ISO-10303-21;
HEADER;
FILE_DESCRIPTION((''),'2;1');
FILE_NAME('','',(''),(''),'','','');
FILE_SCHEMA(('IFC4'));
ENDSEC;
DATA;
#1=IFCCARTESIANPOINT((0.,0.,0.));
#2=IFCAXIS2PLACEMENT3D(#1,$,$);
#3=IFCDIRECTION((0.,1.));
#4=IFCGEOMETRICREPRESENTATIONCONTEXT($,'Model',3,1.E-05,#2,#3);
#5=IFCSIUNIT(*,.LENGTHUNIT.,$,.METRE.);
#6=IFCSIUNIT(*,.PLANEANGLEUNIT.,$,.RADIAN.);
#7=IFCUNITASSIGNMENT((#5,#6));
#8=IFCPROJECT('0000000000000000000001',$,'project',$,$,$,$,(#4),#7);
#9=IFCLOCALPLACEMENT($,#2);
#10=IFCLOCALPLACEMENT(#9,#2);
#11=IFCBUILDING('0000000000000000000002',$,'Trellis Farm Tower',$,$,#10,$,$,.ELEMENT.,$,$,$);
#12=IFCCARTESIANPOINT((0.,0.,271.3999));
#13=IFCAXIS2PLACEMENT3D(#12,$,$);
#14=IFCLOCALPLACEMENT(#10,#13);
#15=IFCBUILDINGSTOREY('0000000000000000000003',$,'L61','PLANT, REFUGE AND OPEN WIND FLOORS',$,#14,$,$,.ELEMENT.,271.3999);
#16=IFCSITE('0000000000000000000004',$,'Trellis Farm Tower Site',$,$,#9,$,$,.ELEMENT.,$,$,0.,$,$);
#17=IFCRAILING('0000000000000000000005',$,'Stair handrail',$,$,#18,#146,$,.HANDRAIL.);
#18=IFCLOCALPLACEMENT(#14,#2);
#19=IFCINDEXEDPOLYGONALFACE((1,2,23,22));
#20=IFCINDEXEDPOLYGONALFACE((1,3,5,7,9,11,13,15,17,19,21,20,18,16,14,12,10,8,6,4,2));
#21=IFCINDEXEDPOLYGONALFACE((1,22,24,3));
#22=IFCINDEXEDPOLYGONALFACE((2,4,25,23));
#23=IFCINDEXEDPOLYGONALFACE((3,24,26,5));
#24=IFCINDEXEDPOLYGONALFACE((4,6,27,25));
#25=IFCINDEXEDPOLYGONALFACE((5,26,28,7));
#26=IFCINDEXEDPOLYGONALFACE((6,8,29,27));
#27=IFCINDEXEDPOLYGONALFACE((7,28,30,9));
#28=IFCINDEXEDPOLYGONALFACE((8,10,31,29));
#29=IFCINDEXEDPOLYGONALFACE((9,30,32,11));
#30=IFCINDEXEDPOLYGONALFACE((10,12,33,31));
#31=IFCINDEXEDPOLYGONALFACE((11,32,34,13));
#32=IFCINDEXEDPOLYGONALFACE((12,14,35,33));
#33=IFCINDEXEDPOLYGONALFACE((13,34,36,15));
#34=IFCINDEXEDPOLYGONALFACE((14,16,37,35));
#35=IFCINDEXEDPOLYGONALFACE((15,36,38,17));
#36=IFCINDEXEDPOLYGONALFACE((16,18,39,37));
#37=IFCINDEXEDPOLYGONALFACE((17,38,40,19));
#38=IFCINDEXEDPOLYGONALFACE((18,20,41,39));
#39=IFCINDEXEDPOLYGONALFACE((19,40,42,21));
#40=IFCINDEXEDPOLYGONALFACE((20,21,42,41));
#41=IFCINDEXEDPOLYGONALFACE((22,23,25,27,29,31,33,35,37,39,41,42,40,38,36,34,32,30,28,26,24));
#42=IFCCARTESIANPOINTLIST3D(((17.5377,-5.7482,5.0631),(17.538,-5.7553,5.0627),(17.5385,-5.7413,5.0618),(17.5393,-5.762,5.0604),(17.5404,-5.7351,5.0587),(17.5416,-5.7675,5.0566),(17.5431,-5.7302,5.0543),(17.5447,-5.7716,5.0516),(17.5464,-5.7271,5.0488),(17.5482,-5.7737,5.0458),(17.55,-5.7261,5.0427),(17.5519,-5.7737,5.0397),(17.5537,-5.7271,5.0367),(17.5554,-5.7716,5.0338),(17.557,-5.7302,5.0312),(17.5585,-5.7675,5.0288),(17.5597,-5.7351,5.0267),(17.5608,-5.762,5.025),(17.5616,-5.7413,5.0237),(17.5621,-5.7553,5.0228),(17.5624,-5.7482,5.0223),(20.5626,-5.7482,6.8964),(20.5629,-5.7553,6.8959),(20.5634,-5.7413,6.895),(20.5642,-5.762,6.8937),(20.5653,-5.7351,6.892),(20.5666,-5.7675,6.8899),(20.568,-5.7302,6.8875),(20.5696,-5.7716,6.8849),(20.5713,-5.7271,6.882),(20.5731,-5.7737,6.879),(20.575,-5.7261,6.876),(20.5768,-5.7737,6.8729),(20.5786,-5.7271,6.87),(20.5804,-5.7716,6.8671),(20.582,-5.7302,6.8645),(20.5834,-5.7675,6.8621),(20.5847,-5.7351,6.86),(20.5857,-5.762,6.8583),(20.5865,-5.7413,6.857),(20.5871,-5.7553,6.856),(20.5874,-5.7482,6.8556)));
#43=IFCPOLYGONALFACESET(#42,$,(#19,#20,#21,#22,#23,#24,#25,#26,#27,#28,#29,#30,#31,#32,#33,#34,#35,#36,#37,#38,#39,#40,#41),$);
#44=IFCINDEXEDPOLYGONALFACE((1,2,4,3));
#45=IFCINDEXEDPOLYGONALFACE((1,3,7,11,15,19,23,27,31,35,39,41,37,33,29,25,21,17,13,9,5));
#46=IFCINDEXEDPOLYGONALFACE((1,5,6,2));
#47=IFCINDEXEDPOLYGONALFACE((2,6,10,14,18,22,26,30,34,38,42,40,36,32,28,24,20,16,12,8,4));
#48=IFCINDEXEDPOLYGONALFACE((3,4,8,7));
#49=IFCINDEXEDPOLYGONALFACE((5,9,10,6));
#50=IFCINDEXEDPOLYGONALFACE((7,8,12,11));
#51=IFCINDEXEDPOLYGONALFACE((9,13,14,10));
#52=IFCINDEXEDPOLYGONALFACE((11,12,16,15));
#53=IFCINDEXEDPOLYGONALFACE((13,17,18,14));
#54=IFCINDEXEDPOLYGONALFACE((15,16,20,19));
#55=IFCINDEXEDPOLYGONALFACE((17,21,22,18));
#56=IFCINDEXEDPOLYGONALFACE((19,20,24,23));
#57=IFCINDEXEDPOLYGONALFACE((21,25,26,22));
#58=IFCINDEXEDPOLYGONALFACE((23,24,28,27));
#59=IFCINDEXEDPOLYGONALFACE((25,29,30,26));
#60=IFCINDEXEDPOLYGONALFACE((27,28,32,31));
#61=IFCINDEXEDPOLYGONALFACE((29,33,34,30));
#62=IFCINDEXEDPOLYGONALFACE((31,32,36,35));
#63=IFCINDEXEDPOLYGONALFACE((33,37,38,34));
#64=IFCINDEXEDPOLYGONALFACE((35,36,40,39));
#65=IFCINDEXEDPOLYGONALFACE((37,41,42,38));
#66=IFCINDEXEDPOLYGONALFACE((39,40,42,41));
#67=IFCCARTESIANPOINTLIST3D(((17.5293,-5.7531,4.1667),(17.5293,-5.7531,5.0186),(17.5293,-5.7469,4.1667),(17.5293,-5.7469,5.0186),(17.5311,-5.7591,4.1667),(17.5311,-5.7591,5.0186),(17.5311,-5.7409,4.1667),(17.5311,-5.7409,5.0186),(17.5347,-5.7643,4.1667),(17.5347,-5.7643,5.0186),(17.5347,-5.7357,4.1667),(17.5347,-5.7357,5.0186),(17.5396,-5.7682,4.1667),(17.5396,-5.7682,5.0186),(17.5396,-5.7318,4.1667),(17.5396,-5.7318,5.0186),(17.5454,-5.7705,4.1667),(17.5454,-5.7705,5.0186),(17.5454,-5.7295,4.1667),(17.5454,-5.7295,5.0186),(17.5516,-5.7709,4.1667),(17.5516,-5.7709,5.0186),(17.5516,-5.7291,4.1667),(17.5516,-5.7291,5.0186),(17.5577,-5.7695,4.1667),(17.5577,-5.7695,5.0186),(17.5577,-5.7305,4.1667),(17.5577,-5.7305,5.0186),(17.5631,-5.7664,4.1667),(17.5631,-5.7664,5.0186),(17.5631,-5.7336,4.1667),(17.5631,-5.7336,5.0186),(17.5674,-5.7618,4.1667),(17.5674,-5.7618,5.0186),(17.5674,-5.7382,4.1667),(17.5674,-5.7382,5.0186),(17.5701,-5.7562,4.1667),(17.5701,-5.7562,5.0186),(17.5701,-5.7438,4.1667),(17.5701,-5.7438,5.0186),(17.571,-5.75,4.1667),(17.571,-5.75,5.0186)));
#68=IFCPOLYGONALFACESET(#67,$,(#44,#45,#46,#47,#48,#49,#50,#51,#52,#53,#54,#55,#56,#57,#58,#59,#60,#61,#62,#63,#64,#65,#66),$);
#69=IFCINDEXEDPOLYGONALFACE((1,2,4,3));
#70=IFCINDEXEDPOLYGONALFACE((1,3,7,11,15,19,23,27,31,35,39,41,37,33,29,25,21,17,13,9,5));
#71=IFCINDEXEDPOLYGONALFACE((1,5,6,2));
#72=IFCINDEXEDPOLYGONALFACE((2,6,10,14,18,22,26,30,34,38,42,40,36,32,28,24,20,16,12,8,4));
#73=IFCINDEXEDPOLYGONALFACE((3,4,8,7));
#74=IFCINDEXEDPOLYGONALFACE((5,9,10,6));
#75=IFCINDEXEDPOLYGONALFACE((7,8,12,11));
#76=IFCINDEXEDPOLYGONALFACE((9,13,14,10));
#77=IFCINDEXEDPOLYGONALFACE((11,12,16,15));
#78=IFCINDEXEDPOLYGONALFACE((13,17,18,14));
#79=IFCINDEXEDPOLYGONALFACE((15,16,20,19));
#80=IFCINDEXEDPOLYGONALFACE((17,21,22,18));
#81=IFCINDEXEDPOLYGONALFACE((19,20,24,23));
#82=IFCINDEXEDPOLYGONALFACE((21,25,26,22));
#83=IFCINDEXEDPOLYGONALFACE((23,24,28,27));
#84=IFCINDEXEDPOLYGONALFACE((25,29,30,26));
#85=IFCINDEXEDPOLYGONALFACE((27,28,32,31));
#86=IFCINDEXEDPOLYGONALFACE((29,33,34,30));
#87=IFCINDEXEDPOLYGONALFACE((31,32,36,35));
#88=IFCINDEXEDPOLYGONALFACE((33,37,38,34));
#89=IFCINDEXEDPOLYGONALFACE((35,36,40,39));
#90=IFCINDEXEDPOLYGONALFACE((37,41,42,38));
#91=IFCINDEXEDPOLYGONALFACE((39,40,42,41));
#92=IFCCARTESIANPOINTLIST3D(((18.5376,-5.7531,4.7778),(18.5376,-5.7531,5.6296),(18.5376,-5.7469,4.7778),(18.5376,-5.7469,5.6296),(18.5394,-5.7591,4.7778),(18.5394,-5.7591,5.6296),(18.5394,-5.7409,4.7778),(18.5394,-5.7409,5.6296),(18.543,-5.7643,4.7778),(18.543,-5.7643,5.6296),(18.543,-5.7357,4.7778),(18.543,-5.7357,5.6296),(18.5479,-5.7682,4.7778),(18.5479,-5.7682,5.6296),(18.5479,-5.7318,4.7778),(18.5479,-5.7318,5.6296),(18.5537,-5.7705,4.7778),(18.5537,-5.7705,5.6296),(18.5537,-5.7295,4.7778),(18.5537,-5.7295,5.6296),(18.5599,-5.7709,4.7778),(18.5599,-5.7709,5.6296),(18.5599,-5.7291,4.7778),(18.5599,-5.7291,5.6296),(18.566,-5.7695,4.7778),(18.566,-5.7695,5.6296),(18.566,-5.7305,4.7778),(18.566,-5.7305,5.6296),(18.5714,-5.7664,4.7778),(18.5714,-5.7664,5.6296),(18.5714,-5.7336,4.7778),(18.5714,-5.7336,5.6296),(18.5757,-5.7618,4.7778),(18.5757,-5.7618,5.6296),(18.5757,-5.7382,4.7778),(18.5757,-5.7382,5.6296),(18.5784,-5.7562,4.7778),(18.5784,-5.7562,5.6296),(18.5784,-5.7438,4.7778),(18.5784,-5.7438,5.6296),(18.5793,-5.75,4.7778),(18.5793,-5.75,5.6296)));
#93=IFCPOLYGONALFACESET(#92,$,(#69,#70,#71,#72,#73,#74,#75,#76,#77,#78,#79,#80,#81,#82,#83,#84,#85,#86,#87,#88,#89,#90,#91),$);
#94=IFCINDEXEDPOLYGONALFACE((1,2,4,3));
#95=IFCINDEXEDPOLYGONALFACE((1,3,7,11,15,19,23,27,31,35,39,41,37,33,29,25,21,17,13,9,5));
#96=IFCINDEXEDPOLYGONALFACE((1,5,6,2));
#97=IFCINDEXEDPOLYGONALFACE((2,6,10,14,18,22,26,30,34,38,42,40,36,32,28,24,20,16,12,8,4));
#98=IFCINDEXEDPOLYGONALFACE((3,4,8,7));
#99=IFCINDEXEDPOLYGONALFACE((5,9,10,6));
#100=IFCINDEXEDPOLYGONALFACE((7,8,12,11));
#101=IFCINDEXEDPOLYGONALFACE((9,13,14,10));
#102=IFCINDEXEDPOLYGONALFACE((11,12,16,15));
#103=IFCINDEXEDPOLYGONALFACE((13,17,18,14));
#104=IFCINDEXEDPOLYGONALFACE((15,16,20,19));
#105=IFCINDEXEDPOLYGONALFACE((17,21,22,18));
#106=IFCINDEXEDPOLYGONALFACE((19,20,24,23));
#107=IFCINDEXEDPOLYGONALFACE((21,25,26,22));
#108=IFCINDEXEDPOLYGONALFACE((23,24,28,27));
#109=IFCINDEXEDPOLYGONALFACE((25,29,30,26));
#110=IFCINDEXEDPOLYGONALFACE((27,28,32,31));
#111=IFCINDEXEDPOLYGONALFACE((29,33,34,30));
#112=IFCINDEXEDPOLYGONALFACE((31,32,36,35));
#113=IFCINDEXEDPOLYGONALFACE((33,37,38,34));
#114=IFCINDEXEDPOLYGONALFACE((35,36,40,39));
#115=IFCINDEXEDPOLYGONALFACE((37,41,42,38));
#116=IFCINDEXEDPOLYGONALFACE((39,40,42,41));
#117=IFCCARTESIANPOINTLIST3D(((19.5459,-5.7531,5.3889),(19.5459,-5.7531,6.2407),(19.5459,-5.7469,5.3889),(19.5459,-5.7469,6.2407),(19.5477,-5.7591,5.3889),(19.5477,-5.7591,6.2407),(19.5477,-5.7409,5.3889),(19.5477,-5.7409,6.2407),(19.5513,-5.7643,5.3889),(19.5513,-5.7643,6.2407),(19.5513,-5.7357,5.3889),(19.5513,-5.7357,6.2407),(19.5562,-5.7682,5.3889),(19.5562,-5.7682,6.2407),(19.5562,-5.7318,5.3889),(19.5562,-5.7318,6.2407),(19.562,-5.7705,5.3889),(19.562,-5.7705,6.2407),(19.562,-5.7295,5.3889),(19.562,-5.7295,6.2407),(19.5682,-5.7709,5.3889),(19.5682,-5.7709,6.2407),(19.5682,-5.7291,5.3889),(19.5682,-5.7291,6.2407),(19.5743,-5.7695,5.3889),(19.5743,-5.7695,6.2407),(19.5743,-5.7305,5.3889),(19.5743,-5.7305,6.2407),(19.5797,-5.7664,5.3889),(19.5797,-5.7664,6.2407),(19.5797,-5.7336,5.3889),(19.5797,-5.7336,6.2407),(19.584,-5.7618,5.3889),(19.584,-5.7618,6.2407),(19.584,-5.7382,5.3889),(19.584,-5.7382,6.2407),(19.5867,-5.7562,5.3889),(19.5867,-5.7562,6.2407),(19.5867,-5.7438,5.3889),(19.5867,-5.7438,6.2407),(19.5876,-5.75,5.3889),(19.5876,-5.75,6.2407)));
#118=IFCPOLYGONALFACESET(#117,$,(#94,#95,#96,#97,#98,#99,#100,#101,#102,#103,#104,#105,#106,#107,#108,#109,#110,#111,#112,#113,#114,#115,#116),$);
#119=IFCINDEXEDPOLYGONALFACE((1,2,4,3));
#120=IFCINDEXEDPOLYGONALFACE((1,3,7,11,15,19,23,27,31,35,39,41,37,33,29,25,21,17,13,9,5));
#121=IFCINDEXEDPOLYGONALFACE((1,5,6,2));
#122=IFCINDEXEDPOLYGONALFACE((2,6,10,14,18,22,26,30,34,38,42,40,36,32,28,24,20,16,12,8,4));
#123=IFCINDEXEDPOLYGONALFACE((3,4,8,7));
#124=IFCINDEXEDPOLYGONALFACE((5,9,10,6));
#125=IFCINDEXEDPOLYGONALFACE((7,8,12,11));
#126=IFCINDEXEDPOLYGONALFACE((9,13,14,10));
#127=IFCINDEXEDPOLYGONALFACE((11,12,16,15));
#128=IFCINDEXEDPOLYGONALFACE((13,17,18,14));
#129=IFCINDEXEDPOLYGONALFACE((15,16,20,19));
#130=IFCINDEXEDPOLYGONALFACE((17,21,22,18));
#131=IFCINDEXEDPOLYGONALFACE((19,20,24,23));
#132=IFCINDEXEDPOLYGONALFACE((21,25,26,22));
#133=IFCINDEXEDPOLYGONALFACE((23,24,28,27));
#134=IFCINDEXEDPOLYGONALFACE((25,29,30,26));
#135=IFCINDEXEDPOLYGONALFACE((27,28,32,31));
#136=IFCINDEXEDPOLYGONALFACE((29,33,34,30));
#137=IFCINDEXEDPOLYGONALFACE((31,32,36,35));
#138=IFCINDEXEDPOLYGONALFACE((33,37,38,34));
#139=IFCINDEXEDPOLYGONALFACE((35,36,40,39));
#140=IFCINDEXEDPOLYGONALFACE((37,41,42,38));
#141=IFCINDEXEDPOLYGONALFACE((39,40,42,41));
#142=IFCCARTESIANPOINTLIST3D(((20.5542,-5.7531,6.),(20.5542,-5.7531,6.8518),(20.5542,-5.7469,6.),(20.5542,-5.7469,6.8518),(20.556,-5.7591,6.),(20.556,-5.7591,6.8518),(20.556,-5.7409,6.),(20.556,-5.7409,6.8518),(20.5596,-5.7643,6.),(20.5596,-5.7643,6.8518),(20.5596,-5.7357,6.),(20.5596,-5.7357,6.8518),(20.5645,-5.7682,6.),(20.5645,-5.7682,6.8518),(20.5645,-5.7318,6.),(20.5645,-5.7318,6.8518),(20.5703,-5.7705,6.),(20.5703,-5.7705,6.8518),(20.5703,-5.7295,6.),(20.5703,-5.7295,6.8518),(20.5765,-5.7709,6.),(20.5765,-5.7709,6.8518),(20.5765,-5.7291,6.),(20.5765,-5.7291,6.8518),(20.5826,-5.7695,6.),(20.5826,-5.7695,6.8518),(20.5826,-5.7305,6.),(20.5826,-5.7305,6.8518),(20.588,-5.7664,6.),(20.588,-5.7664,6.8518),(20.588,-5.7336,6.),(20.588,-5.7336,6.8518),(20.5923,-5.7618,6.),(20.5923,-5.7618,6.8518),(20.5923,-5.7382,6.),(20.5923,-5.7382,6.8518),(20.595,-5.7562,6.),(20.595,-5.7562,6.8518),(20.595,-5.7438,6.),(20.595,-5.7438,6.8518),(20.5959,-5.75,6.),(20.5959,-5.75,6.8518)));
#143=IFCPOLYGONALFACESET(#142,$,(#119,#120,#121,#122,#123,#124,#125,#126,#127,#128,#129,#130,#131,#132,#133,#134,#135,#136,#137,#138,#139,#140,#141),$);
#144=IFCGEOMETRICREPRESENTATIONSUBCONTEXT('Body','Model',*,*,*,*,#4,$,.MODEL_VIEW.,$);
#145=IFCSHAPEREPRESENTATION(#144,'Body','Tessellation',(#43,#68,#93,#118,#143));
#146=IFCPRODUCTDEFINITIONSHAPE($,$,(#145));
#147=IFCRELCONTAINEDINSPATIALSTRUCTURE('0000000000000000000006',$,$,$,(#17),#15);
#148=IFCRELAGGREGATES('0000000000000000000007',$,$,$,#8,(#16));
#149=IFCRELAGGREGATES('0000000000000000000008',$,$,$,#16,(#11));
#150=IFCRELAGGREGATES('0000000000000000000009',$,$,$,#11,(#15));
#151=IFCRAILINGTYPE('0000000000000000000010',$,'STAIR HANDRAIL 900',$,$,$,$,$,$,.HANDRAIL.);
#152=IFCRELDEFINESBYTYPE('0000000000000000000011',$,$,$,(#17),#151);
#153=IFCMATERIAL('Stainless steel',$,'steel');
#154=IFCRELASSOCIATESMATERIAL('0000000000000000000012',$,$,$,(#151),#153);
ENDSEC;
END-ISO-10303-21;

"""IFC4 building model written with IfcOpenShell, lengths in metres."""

from ifc_helpers import new_model, si_unit, direction, frame, origin, origin_2d, place, context, subcontext, project, spatial, circle, extrude, source, transform, mapped, material, type_object, element, save


model = new_model("IFC4")

# Units and contexts
model_context = context("Model", 3, precision=1e-05, world=origin(), true_north=direction((0.0, 1.0)))
body_context = subcontext(model_context, "Body", "Model", "MODEL_VIEW")
ifc_project = project(units=[si_unit("LENGTHUNIT", "METRE"), si_unit("PLANEANGLEUNIT", "RADIAN")], contexts=[model_context])

# Site, building, storey
site_placement = place(None, origin())
site = spatial("IfcSite", under=ifc_project, at=site_placement, Name="Trellis Farm Tower Site", CompositionType="ELEMENT", RefElevation=0.0)
building_placement = place(site_placement, origin())
building = spatial("IfcBuilding", under=site, at=building_placement, Name="Trellis Farm Tower", CompositionType="ELEMENT")
storey_placement = place(building_placement, frame((0.0, 0.0, 271.3999)))
storey = spatial("IfcBuildingStorey", under=building, at=storey_placement, Name="L61", Description="PLANT, REFUGE AND OPEN WIND FLOORS", CompositionType="ELEMENT", Elevation=271.3999)

# Railing
ifc_material_1 = material(Name="Stainless steel", Category="steel")
railing_type_1 = type_object("IfcRailingType", Name="STAIR HANDRAIL 900", PredefinedType="HANDRAIL", material=ifc_material_1)
shared_shape_1 = source(origin(), body_context, "Body", "SweptSolid", [
    extrude(circle(Radius=0.0239, at=origin_2d()), frame((0.0, 0.0, 0.876), z_axis=(0.855201, 0.0, 0.518297), x_axis=(0.0, 1.0, 0.0)), (0.0, 0.0, 1.0), 3.5371),
    extrude(circle(Radius=0.021, at=origin_2d()), origin(), (0.0, 0.0, 1.0), 0.8518),
    extrude(circle(Radius=0.021, at=origin_2d()), frame((1.0083, 0.0, 0.6111)), (0.0, 0.0, 1.0), 0.8518),
    extrude(circle(Radius=0.021, at=origin_2d()), frame((2.0166, 0.0, 1.2222)), (0.0, 0.0, 1.0), 0.8518),
    extrude(circle(Radius=0.021, at=origin_2d()), frame((3.0249, 0.0, 1.8333)), (0.0, 0.0, 1.0), 0.8518),
])
for number, where, name in (
    (1, (17.55, -5.75, 4.1667), "Stair handrail"),
):
    element("IfcRailing", number, at=place(storey_placement, frame(where)), inside=storey, type_object=railing_type_1, Name=name, PredefinedType="HANDRAIL", context=body_context, shape_type="MappedRepresentation", body=[
        mapped(shared_shape_1, transform((0.0, 0.0, 0.0))),
    ])

save(model, "model.ifc")
